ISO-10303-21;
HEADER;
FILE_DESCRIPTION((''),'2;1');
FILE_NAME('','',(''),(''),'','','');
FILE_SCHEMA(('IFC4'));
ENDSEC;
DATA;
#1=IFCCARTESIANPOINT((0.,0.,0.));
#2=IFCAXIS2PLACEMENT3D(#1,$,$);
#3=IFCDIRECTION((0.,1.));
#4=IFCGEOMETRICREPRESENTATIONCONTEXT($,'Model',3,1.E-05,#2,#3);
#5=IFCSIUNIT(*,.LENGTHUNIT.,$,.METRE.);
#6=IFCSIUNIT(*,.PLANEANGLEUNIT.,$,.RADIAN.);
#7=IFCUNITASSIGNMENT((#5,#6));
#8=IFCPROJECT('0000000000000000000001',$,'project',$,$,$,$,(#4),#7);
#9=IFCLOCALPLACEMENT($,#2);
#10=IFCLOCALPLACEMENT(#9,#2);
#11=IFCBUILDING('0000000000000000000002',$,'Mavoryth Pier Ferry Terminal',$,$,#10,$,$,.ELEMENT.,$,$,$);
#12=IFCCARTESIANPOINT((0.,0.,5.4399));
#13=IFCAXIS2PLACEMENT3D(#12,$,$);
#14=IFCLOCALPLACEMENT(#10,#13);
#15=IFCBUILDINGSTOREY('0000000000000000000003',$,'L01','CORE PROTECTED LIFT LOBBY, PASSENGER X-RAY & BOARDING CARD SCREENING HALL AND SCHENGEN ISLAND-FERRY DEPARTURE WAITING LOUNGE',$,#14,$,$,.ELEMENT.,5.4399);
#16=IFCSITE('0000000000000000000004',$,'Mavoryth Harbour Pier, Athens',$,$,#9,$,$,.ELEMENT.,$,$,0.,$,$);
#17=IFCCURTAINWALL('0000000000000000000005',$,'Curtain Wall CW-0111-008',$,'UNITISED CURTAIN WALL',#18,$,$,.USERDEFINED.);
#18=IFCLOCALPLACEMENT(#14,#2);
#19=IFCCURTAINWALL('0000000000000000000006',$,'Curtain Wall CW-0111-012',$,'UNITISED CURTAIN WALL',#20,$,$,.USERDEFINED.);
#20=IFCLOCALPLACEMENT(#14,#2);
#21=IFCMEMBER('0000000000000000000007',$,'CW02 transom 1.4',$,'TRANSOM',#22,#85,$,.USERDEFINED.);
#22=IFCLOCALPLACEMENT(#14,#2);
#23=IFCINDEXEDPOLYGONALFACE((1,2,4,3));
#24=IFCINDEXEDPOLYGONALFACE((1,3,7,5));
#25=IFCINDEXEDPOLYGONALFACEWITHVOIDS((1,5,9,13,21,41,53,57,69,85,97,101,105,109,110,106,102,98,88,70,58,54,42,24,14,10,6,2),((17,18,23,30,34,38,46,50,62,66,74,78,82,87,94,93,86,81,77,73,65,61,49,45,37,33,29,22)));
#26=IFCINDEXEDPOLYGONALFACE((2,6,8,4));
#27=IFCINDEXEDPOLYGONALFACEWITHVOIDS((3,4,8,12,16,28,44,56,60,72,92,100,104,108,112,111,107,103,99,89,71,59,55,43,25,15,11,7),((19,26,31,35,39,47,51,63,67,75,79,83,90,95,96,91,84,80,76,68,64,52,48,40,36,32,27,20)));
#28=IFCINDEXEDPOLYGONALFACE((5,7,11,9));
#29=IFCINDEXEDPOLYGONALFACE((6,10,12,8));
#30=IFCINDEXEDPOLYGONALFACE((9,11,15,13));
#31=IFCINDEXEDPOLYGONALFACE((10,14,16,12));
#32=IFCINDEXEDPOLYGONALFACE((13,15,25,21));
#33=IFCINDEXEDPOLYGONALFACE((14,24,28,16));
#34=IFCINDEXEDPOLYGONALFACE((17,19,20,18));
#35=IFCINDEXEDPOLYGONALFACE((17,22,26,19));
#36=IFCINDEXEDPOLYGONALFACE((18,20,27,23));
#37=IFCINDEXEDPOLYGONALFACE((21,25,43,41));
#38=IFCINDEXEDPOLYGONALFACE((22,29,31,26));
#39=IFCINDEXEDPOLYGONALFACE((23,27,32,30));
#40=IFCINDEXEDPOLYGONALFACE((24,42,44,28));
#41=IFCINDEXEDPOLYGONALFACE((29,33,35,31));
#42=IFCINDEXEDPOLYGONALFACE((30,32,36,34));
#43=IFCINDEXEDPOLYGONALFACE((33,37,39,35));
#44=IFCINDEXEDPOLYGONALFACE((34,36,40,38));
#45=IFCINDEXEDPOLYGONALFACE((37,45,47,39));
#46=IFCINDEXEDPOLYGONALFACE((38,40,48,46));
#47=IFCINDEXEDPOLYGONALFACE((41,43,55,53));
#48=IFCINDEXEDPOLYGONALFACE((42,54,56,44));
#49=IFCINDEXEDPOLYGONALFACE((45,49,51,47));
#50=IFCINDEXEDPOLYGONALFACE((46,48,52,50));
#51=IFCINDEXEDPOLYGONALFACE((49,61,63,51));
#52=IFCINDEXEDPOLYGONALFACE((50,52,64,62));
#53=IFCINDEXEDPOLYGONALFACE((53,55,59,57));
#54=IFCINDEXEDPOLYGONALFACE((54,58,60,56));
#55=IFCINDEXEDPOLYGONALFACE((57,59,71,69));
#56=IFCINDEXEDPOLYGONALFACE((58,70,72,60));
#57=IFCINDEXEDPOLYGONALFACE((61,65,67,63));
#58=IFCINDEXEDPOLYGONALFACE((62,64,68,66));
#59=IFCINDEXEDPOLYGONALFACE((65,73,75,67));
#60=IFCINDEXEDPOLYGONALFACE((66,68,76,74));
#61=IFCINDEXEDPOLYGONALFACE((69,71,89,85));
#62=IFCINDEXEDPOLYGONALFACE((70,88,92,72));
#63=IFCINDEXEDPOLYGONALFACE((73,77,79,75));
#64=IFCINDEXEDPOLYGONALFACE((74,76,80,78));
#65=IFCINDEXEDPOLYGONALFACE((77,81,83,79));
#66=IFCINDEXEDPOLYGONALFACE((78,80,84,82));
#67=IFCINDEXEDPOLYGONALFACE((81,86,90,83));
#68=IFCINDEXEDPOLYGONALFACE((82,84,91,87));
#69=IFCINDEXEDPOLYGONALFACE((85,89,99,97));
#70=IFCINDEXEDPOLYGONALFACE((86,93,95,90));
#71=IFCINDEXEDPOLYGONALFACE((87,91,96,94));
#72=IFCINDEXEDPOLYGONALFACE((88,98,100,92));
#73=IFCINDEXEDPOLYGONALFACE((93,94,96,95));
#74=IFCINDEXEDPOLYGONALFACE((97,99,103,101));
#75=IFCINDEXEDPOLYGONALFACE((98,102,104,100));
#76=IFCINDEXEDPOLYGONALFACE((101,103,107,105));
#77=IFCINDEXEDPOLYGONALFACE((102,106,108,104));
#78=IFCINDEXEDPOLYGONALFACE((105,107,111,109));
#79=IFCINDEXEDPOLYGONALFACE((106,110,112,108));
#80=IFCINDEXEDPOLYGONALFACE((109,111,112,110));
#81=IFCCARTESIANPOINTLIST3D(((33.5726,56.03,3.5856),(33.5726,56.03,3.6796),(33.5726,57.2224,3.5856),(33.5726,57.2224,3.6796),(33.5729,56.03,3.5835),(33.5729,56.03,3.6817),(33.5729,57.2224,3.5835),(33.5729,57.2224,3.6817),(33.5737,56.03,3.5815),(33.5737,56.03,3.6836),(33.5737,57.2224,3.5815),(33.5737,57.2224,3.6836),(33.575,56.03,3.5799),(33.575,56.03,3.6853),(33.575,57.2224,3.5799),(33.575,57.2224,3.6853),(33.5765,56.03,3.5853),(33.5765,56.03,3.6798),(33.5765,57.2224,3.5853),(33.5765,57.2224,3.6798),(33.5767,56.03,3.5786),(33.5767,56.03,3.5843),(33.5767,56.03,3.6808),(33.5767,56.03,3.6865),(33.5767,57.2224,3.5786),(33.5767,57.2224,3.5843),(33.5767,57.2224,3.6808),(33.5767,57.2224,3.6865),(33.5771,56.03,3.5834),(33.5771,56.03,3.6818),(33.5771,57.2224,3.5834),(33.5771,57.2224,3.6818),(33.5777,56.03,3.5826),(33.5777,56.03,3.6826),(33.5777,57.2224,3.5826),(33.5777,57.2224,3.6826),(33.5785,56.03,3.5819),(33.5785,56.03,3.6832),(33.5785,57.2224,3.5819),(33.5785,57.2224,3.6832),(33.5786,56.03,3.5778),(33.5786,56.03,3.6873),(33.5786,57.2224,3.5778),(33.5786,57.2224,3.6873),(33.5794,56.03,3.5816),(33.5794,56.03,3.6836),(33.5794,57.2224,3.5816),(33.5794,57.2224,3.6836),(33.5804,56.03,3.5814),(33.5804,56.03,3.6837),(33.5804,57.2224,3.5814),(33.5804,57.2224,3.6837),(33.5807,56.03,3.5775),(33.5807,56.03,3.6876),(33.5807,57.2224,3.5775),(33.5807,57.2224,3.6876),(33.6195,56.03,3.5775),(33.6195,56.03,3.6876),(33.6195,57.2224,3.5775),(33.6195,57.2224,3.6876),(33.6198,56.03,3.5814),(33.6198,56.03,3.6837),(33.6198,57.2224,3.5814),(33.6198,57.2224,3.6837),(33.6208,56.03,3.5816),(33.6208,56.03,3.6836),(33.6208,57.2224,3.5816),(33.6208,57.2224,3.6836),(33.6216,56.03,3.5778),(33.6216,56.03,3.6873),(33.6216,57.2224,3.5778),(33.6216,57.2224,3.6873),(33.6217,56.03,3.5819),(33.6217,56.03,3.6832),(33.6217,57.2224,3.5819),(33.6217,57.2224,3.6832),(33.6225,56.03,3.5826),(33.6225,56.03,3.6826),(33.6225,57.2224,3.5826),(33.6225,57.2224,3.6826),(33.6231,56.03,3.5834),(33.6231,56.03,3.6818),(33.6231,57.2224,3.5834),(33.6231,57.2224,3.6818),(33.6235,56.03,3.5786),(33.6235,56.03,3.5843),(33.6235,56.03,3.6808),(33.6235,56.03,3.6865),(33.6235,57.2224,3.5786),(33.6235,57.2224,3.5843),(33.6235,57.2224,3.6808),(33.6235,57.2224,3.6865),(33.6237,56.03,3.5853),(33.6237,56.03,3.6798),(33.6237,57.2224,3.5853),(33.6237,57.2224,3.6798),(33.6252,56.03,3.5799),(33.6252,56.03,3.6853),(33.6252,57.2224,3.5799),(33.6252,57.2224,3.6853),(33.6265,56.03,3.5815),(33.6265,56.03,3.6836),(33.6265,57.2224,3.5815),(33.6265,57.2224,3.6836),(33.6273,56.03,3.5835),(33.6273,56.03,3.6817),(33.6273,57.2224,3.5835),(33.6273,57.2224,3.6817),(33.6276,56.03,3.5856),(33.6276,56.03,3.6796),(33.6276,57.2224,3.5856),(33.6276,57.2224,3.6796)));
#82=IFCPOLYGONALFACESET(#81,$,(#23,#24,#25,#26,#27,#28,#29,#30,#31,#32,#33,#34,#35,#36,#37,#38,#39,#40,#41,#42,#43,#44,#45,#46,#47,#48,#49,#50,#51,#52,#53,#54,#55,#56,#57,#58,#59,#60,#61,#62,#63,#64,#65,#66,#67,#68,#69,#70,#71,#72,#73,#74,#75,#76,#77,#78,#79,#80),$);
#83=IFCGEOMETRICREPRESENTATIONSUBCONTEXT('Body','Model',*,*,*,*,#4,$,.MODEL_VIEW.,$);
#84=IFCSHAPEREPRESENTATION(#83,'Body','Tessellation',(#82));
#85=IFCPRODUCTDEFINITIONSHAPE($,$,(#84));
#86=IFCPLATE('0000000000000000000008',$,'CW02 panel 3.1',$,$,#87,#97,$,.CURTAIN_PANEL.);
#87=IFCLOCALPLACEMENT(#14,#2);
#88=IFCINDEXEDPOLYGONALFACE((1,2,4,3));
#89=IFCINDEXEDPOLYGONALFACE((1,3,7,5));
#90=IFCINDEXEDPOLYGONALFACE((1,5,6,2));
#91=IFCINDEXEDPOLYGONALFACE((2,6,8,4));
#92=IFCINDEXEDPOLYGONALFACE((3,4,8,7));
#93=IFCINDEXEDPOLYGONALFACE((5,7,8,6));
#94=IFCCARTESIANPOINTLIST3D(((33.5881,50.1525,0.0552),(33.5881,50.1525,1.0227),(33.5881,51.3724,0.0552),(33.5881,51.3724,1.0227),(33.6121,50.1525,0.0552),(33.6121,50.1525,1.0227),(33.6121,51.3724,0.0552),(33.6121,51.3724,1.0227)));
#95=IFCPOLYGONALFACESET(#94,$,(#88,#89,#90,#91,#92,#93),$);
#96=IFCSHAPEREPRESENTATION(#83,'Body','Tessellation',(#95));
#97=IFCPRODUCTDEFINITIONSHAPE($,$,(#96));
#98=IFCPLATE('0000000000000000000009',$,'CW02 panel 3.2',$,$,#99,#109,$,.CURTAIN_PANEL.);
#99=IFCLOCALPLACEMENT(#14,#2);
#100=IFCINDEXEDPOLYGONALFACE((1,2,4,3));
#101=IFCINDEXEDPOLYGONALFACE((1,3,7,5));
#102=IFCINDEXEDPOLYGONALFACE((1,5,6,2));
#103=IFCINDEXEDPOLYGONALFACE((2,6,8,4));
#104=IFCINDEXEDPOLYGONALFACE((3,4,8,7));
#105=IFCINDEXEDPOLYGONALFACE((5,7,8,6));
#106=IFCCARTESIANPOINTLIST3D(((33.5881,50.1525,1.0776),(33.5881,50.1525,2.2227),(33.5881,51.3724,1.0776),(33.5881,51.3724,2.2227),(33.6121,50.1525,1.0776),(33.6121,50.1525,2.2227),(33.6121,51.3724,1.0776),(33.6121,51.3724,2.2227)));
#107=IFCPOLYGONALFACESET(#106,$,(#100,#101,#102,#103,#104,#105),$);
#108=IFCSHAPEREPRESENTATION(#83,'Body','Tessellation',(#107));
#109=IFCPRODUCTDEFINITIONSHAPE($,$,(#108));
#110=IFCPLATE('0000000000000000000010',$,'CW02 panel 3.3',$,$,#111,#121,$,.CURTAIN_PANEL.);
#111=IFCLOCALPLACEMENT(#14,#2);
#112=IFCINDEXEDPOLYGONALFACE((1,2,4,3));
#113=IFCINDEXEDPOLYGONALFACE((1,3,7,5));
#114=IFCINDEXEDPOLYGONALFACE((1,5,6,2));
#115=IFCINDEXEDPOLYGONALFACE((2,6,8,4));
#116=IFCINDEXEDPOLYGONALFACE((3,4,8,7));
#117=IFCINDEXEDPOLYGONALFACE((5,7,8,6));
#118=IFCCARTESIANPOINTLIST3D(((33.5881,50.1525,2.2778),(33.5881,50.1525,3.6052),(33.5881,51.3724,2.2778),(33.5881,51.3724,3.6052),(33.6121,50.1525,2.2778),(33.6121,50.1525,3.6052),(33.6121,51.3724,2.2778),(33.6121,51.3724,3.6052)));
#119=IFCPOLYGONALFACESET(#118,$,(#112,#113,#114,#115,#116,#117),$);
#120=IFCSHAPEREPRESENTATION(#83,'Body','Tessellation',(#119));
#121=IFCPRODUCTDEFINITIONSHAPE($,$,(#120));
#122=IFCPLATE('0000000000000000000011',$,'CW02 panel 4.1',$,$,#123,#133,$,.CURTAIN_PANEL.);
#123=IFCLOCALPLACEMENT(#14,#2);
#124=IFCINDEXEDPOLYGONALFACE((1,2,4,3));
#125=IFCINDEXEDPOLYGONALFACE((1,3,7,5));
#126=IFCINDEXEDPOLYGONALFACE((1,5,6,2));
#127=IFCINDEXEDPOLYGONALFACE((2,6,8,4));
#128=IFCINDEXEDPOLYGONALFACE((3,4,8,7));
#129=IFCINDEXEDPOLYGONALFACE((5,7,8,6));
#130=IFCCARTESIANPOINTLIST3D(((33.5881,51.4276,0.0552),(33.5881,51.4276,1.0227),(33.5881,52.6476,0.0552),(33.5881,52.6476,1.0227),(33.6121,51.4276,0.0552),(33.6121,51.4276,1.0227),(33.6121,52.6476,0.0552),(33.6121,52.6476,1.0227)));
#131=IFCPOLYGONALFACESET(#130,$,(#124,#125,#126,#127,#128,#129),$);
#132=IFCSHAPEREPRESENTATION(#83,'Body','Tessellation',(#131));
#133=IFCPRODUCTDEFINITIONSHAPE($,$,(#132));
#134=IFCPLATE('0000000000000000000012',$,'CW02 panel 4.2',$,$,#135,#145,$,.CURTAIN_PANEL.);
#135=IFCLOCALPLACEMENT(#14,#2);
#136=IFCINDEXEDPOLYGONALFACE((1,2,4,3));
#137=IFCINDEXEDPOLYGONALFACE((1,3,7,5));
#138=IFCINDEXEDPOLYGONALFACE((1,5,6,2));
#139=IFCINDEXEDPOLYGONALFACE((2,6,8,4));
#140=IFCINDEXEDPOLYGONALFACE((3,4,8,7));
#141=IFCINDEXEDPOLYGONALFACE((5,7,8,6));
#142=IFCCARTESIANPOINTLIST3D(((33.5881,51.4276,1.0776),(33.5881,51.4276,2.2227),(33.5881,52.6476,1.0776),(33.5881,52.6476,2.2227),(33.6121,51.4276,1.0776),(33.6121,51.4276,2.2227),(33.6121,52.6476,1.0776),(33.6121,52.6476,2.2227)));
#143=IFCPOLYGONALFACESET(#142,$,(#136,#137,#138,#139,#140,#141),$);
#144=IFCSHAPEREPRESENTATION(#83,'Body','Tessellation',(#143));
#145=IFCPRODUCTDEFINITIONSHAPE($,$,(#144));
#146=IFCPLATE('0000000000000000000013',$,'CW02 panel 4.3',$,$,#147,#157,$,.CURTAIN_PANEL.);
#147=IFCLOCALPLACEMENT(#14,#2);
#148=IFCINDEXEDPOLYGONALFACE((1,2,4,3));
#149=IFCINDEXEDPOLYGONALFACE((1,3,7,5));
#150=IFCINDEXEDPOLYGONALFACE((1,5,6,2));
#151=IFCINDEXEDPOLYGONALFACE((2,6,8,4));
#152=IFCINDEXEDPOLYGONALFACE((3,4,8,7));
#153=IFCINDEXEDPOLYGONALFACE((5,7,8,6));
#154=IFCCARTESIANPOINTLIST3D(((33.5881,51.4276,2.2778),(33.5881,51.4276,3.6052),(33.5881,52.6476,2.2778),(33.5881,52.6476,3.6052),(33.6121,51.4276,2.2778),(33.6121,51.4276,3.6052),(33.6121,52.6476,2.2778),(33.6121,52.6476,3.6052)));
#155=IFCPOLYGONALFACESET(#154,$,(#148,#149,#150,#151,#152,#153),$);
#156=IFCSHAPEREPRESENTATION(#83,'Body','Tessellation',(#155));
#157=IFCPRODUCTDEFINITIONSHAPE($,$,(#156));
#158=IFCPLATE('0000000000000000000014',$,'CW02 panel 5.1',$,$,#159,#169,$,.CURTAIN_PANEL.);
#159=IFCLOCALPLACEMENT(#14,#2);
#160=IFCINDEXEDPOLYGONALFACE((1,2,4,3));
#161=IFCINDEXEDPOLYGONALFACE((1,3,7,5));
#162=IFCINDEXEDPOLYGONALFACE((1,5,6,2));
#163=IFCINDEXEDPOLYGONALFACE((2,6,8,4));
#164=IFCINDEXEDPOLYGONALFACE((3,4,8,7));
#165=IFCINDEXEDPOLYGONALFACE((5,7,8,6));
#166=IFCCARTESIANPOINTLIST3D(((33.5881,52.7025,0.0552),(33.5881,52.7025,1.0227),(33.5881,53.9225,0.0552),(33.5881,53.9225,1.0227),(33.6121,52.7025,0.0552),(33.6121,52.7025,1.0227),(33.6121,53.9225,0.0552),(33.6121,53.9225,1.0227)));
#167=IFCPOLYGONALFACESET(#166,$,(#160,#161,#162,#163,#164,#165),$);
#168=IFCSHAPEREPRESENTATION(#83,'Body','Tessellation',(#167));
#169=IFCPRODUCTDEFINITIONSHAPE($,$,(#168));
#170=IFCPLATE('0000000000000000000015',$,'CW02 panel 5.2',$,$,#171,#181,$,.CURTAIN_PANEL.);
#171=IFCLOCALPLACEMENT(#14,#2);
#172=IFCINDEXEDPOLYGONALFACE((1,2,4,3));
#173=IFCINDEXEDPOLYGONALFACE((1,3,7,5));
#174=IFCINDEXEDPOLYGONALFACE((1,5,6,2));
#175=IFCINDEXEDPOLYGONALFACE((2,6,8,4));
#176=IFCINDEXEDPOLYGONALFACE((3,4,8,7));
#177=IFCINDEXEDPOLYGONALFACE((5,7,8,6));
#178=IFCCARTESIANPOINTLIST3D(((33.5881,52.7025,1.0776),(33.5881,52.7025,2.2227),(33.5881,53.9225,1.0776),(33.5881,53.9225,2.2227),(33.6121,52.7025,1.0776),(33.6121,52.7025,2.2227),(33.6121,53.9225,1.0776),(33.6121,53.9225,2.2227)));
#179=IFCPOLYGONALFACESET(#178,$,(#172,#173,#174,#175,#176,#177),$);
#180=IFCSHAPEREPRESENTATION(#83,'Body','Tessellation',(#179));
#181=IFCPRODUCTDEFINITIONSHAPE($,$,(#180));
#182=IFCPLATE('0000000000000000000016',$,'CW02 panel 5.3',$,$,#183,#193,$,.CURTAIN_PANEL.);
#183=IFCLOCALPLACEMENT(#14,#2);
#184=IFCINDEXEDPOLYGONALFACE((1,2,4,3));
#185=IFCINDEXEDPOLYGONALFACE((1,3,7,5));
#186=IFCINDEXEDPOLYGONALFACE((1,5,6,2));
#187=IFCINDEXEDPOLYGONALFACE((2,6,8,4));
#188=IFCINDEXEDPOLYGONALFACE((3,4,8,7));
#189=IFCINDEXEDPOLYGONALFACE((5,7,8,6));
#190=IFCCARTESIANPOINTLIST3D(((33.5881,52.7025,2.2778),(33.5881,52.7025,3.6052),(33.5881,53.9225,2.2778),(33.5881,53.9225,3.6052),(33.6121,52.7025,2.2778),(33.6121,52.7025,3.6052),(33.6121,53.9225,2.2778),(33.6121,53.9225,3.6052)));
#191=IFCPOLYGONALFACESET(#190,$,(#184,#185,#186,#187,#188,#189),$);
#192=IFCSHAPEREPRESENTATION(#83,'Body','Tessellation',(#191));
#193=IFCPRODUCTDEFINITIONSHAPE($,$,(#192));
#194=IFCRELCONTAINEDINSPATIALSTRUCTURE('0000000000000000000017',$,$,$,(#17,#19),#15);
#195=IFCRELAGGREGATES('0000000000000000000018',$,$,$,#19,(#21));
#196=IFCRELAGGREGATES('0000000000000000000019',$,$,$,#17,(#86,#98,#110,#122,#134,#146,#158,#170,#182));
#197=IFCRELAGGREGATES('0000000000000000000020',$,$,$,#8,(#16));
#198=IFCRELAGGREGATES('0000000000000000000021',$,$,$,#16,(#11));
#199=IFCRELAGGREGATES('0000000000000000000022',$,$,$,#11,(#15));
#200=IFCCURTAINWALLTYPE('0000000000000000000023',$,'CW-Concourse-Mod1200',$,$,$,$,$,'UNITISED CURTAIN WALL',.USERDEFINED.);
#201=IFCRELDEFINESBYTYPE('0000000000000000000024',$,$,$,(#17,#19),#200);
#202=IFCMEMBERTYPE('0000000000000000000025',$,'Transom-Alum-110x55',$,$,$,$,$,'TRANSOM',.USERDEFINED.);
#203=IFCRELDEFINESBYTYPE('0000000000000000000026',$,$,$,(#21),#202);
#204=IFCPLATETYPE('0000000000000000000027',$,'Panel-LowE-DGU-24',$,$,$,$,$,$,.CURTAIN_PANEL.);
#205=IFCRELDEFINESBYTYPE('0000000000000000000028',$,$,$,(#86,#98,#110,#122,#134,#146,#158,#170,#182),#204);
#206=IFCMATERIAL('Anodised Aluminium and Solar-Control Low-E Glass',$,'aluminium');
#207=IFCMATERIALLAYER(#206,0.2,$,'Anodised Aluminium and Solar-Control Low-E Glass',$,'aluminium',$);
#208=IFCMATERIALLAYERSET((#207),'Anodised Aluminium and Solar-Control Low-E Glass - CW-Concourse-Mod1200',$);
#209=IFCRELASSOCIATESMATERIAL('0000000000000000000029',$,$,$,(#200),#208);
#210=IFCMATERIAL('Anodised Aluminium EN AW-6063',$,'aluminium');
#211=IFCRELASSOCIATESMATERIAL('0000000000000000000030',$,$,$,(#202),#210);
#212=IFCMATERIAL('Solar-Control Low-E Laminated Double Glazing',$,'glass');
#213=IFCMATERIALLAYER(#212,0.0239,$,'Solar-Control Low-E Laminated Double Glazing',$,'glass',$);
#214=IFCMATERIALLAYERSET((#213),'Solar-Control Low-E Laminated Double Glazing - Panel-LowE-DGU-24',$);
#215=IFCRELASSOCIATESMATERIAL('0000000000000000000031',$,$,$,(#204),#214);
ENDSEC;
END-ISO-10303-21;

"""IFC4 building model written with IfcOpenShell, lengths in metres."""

from ifc_helpers import new_model, si_unit, direction, frame, origin, origin_2d, place, context, subcontext, project, spatial, rectangle, hollow_rectangle, extrude, material, layer, layer_set, material_profile, profile_set, type_object, element, aggregate, save


model = new_model("IFC4")

# Units and contexts
model_context = context("Model", 3, precision=1e-05, world=origin(), true_north=direction((0.0, 1.0)))
body_context = subcontext(model_context, "Body", "Model", "MODEL_VIEW")
ifc_project = project(units=[si_unit("LENGTHUNIT", "METRE"), si_unit("PLANEANGLEUNIT", "RADIAN")], contexts=[model_context])

# Site, building, storey
site_placement = place(None, origin())
site = spatial("IfcSite", under=ifc_project, at=site_placement, Name="Mavoryth Harbour Pier, Athens", CompositionType="ELEMENT", RefElevation=0.0)
building_placement = place(site_placement, origin())
building = spatial("IfcBuilding", under=site, at=building_placement, Name="Mavoryth Pier Ferry Terminal", CompositionType="ELEMENT")
storey_placement = place(building_placement, frame((0.0, 0.0, 5.4399)))
storey = spatial("IfcBuildingStorey", under=building, at=storey_placement, Name="L01", Description="CORE PROTECTED LIFT LOBBY, PASSENGER X-RAY & BOARDING CARD SCREENING HALL AND SCHENGEN ISLAND-FERRY DEPARTURE WAITING LOUNGE", CompositionType="ELEMENT", Elevation=5.4399)

# Curtain wall
ifc_material_1 = material(Name="Anodised Aluminium and Solar-Control Low-E Glass", Category="aluminium")
ifc_layer_1 = layer(ifc_material_1, 0.2, Name="Anodised Aluminium and Solar-Control Low-E Glass", Category="aluminium")
ifc_layer_set_1 = layer_set([ifc_layer_1], Name="Anodised Aluminium and Solar-Control Low-E Glass - CW-Concourse-Mod1200")
curtain_wall_type = type_object("IfcCurtainWallType", Name="CW-Concourse-Mod1200", ElementType="UNITISED CURTAIN WALL", PredefinedType="USERDEFINED", material=ifc_layer_set_1)
curtain_wall_1_placement = place(storey_placement, origin())
curtain_wall_1 = element("IfcCurtainWall", 1, at=curtain_wall_1_placement, inside=storey, type_object=curtain_wall_type, Name="Curtain Wall CW-0111-008", ObjectType="UNITISED CURTAIN WALL", PredefinedType="USERDEFINED")
ifc_material_2 = material(Name="Anodised Aluminium EN AW-6063", Category="aluminium")

# Curtain wall
curtain_wall_2_placement = place(storey_placement, origin())
curtain_wall_2 = element("IfcCurtainWall", 2, at=curtain_wall_2_placement, inside=storey, type_object=curtain_wall_type, Name="Curtain Wall CW-0111-012", ObjectType="UNITISED CURTAIN WALL", PredefinedType="USERDEFINED")

# Member
ifc_material_profile_1 = material_profile(ifc_material_2, hollow_rectangle(XDim=0.0549, YDim=0.1101, WallThickness=0.0039, InnerFilletRadius=0.0039, OuterFilletRadius=0.0081, at=origin_2d()), Name="AL-TRAN 110x55x4", Category="aluminium")
ifc_profile_set_1 = profile_set([ifc_material_profile_1], Name="Anodised Aluminium EN AW-6063 - AL-TRAN 110x55x4")
member_type_1 = type_object("IfcMemberType", Name="Transom-Alum-110x55", ElementType="TRANSOM", PredefinedType="USERDEFINED", material=ifc_profile_set_1)
member_1_placement = place(storey_placement, frame((33.6001, 56.03, 3.6326), z_axis=(0.0, 1.0, 0.0), x_axis=(-1.0, 0.0, 0.0)))
member_1 = element("IfcMember", 3, at=member_1_placement, type_object=member_type_1, Name="CW02 transom 1.4", ObjectType="TRANSOM", PredefinedType="USERDEFINED", context=body_context, shape_type="SweptSolid", body=[
    extrude(hollow_rectangle(XDim=0.0549, YDim=0.1101, WallThickness=0.0039, InnerFilletRadius=0.0039, OuterFilletRadius=0.0081, at=origin_2d()), origin(), (0.0, 0.0, 1.0), 1.1924),
])
aggregate(curtain_wall_2, [member_1])

# Plates
ifc_material_3 = material(Name="Solar-Control Low-E Laminated Double Glazing", Category="glass")
ifc_layer_2 = layer(ifc_material_3, 0.0239, Name="Solar-Control Low-E Laminated Double Glazing", Category="glass")
ifc_layer_set_2 = layer_set([ifc_layer_2], Name="Solar-Control Low-E Laminated Double Glazing - Panel-LowE-DGU-24")
plate_type = type_object("IfcPlateType", Name="Panel-LowE-DGU-24", PredefinedType="CURTAIN_PANEL", material=ifc_layer_set_2)
plate_1_placement = place(storey_placement, frame((33.6001, 50.7625, 0.0552), z_axis=(0.0, 0.0, 1.0), x_axis=(0.0, 1.0, 0.0)))
plate_1 = element("IfcPlate", 4, at=plate_1_placement, type_object=plate_type, Name="CW02 panel 3.1", PredefinedType="CURTAIN_PANEL", context=body_context, shape_type="SweptSolid", body=[
    extrude(rectangle(XDim=1.22, YDim=0.0239, at=origin_2d()), origin(), (0.0, 0.0, 1.0), 0.9675),
])
plate_2_placement = place(storey_placement, frame((33.6001, 50.7625, 1.0776), z_axis=(0.0, 0.0, 1.0), x_axis=(0.0, 1.0, 0.0)))
plate_2 = element("IfcPlate", 5, at=plate_2_placement, type_object=plate_type, Name="CW02 panel 3.2", PredefinedType="CURTAIN_PANEL", context=body_context, shape_type="SweptSolid", body=[
    extrude(rectangle(XDim=1.22, YDim=0.0239, at=origin_2d()), origin(), (0.0, 0.0, 1.0), 1.145),
])
plate_3_placement = place(storey_placement, frame((33.6001, 50.7625, 2.2778), z_axis=(0.0, 0.0, 1.0), x_axis=(0.0, 1.0, 0.0)))
plate_3 = element("IfcPlate", 6, at=plate_3_placement, type_object=plate_type, Name="CW02 panel 3.3", PredefinedType="CURTAIN_PANEL", context=body_context, shape_type="SweptSolid", body=[
    extrude(rectangle(XDim=1.22, YDim=0.0239, at=origin_2d()), origin(), (0.0, 0.0, 1.0), 1.3274),
])
plate_4_placement = place(storey_placement, frame((33.6001, 52.0376, 0.0552), z_axis=(0.0, 0.0, 1.0), x_axis=(0.0, 1.0, 0.0)))
plate_4 = element("IfcPlate", 7, at=plate_4_placement, type_object=plate_type, Name="CW02 panel 4.1", PredefinedType="CURTAIN_PANEL", context=body_context, shape_type="SweptSolid", body=[
    extrude(rectangle(XDim=1.22, YDim=0.0239, at=origin_2d()), origin(), (0.0, 0.0, 1.0), 0.9675),
])
plate_5_placement = place(storey_placement, frame((33.6001, 52.0376, 1.0776), z_axis=(0.0, 0.0, 1.0), x_axis=(0.0, 1.0, 0.0)))
plate_5 = element("IfcPlate", 8, at=plate_5_placement, type_object=plate_type, Name="CW02 panel 4.2", PredefinedType="CURTAIN_PANEL", context=body_context, shape_type="SweptSolid", body=[
    extrude(rectangle(XDim=1.22, YDim=0.0239, at=origin_2d()), origin(), (0.0, 0.0, 1.0), 1.145),
])
plate_6_placement = place(storey_placement, frame((33.6001, 52.0376, 2.2778), z_axis=(0.0, 0.0, 1.0), x_axis=(0.0, 1.0, 0.0)))
plate_6 = element("IfcPlate", 9, at=plate_6_placement, type_object=plate_type, Name="CW02 panel 4.3", PredefinedType="CURTAIN_PANEL", context=body_context, shape_type="SweptSolid", body=[
    extrude(rectangle(XDim=1.22, YDim=0.0239, at=origin_2d()), origin(), (0.0, 0.0, 1.0), 1.3274),
])
plate_7_placement = place(storey_placement, frame((33.6001, 53.3125, 0.0552), z_axis=(0.0, 0.0, 1.0), x_axis=(0.0, 1.0, 0.0)))
plate_7 = element("IfcPlate", 10, at=plate_7_placement, type_object=plate_type, Name="CW02 panel 5.1", PredefinedType="CURTAIN_PANEL", context=body_context, shape_type="SweptSolid", body=[
    extrude(rectangle(XDim=1.22, YDim=0.0239, at=origin_2d()), origin(), (0.0, 0.0, 1.0), 0.9675),
])
plate_8_placement = place(storey_placement, frame((33.6001, 53.3125, 1.0776), z_axis=(0.0, 0.0, 1.0), x_axis=(0.0, 1.0, 0.0)))
plate_8 = element("IfcPlate", 11, at=plate_8_placement, type_object=plate_type, Name="CW02 panel 5.2", PredefinedType="CURTAIN_PANEL", context=body_context, shape_type="SweptSolid", body=[
    extrude(rectangle(XDim=1.22, YDim=0.0239, at=origin_2d()), origin(), (0.0, 0.0, 1.0), 1.145),
])
plate_9_placement = place(storey_placement, frame((33.6001, 53.3125, 2.2778), z_axis=(0.0, 0.0, 1.0), x_axis=(0.0, 1.0, 0.0)))
plate_9 = element("IfcPlate", 12, at=plate_9_placement, type_object=plate_type, Name="CW02 panel 5.3", PredefinedType="CURTAIN_PANEL", context=body_context, shape_type="SweptSolid", body=[
    extrude(rectangle(XDim=1.22, YDim=0.0239, at=origin_2d()), origin(), (0.0, 0.0, 1.0), 1.3274),
])
aggregate(curtain_wall_1, [plate_1, plate_2, plate_3, plate_4, plate_5, plate_6, plate_7, plate_8, plate_9])

save(model, "model.ifc")
